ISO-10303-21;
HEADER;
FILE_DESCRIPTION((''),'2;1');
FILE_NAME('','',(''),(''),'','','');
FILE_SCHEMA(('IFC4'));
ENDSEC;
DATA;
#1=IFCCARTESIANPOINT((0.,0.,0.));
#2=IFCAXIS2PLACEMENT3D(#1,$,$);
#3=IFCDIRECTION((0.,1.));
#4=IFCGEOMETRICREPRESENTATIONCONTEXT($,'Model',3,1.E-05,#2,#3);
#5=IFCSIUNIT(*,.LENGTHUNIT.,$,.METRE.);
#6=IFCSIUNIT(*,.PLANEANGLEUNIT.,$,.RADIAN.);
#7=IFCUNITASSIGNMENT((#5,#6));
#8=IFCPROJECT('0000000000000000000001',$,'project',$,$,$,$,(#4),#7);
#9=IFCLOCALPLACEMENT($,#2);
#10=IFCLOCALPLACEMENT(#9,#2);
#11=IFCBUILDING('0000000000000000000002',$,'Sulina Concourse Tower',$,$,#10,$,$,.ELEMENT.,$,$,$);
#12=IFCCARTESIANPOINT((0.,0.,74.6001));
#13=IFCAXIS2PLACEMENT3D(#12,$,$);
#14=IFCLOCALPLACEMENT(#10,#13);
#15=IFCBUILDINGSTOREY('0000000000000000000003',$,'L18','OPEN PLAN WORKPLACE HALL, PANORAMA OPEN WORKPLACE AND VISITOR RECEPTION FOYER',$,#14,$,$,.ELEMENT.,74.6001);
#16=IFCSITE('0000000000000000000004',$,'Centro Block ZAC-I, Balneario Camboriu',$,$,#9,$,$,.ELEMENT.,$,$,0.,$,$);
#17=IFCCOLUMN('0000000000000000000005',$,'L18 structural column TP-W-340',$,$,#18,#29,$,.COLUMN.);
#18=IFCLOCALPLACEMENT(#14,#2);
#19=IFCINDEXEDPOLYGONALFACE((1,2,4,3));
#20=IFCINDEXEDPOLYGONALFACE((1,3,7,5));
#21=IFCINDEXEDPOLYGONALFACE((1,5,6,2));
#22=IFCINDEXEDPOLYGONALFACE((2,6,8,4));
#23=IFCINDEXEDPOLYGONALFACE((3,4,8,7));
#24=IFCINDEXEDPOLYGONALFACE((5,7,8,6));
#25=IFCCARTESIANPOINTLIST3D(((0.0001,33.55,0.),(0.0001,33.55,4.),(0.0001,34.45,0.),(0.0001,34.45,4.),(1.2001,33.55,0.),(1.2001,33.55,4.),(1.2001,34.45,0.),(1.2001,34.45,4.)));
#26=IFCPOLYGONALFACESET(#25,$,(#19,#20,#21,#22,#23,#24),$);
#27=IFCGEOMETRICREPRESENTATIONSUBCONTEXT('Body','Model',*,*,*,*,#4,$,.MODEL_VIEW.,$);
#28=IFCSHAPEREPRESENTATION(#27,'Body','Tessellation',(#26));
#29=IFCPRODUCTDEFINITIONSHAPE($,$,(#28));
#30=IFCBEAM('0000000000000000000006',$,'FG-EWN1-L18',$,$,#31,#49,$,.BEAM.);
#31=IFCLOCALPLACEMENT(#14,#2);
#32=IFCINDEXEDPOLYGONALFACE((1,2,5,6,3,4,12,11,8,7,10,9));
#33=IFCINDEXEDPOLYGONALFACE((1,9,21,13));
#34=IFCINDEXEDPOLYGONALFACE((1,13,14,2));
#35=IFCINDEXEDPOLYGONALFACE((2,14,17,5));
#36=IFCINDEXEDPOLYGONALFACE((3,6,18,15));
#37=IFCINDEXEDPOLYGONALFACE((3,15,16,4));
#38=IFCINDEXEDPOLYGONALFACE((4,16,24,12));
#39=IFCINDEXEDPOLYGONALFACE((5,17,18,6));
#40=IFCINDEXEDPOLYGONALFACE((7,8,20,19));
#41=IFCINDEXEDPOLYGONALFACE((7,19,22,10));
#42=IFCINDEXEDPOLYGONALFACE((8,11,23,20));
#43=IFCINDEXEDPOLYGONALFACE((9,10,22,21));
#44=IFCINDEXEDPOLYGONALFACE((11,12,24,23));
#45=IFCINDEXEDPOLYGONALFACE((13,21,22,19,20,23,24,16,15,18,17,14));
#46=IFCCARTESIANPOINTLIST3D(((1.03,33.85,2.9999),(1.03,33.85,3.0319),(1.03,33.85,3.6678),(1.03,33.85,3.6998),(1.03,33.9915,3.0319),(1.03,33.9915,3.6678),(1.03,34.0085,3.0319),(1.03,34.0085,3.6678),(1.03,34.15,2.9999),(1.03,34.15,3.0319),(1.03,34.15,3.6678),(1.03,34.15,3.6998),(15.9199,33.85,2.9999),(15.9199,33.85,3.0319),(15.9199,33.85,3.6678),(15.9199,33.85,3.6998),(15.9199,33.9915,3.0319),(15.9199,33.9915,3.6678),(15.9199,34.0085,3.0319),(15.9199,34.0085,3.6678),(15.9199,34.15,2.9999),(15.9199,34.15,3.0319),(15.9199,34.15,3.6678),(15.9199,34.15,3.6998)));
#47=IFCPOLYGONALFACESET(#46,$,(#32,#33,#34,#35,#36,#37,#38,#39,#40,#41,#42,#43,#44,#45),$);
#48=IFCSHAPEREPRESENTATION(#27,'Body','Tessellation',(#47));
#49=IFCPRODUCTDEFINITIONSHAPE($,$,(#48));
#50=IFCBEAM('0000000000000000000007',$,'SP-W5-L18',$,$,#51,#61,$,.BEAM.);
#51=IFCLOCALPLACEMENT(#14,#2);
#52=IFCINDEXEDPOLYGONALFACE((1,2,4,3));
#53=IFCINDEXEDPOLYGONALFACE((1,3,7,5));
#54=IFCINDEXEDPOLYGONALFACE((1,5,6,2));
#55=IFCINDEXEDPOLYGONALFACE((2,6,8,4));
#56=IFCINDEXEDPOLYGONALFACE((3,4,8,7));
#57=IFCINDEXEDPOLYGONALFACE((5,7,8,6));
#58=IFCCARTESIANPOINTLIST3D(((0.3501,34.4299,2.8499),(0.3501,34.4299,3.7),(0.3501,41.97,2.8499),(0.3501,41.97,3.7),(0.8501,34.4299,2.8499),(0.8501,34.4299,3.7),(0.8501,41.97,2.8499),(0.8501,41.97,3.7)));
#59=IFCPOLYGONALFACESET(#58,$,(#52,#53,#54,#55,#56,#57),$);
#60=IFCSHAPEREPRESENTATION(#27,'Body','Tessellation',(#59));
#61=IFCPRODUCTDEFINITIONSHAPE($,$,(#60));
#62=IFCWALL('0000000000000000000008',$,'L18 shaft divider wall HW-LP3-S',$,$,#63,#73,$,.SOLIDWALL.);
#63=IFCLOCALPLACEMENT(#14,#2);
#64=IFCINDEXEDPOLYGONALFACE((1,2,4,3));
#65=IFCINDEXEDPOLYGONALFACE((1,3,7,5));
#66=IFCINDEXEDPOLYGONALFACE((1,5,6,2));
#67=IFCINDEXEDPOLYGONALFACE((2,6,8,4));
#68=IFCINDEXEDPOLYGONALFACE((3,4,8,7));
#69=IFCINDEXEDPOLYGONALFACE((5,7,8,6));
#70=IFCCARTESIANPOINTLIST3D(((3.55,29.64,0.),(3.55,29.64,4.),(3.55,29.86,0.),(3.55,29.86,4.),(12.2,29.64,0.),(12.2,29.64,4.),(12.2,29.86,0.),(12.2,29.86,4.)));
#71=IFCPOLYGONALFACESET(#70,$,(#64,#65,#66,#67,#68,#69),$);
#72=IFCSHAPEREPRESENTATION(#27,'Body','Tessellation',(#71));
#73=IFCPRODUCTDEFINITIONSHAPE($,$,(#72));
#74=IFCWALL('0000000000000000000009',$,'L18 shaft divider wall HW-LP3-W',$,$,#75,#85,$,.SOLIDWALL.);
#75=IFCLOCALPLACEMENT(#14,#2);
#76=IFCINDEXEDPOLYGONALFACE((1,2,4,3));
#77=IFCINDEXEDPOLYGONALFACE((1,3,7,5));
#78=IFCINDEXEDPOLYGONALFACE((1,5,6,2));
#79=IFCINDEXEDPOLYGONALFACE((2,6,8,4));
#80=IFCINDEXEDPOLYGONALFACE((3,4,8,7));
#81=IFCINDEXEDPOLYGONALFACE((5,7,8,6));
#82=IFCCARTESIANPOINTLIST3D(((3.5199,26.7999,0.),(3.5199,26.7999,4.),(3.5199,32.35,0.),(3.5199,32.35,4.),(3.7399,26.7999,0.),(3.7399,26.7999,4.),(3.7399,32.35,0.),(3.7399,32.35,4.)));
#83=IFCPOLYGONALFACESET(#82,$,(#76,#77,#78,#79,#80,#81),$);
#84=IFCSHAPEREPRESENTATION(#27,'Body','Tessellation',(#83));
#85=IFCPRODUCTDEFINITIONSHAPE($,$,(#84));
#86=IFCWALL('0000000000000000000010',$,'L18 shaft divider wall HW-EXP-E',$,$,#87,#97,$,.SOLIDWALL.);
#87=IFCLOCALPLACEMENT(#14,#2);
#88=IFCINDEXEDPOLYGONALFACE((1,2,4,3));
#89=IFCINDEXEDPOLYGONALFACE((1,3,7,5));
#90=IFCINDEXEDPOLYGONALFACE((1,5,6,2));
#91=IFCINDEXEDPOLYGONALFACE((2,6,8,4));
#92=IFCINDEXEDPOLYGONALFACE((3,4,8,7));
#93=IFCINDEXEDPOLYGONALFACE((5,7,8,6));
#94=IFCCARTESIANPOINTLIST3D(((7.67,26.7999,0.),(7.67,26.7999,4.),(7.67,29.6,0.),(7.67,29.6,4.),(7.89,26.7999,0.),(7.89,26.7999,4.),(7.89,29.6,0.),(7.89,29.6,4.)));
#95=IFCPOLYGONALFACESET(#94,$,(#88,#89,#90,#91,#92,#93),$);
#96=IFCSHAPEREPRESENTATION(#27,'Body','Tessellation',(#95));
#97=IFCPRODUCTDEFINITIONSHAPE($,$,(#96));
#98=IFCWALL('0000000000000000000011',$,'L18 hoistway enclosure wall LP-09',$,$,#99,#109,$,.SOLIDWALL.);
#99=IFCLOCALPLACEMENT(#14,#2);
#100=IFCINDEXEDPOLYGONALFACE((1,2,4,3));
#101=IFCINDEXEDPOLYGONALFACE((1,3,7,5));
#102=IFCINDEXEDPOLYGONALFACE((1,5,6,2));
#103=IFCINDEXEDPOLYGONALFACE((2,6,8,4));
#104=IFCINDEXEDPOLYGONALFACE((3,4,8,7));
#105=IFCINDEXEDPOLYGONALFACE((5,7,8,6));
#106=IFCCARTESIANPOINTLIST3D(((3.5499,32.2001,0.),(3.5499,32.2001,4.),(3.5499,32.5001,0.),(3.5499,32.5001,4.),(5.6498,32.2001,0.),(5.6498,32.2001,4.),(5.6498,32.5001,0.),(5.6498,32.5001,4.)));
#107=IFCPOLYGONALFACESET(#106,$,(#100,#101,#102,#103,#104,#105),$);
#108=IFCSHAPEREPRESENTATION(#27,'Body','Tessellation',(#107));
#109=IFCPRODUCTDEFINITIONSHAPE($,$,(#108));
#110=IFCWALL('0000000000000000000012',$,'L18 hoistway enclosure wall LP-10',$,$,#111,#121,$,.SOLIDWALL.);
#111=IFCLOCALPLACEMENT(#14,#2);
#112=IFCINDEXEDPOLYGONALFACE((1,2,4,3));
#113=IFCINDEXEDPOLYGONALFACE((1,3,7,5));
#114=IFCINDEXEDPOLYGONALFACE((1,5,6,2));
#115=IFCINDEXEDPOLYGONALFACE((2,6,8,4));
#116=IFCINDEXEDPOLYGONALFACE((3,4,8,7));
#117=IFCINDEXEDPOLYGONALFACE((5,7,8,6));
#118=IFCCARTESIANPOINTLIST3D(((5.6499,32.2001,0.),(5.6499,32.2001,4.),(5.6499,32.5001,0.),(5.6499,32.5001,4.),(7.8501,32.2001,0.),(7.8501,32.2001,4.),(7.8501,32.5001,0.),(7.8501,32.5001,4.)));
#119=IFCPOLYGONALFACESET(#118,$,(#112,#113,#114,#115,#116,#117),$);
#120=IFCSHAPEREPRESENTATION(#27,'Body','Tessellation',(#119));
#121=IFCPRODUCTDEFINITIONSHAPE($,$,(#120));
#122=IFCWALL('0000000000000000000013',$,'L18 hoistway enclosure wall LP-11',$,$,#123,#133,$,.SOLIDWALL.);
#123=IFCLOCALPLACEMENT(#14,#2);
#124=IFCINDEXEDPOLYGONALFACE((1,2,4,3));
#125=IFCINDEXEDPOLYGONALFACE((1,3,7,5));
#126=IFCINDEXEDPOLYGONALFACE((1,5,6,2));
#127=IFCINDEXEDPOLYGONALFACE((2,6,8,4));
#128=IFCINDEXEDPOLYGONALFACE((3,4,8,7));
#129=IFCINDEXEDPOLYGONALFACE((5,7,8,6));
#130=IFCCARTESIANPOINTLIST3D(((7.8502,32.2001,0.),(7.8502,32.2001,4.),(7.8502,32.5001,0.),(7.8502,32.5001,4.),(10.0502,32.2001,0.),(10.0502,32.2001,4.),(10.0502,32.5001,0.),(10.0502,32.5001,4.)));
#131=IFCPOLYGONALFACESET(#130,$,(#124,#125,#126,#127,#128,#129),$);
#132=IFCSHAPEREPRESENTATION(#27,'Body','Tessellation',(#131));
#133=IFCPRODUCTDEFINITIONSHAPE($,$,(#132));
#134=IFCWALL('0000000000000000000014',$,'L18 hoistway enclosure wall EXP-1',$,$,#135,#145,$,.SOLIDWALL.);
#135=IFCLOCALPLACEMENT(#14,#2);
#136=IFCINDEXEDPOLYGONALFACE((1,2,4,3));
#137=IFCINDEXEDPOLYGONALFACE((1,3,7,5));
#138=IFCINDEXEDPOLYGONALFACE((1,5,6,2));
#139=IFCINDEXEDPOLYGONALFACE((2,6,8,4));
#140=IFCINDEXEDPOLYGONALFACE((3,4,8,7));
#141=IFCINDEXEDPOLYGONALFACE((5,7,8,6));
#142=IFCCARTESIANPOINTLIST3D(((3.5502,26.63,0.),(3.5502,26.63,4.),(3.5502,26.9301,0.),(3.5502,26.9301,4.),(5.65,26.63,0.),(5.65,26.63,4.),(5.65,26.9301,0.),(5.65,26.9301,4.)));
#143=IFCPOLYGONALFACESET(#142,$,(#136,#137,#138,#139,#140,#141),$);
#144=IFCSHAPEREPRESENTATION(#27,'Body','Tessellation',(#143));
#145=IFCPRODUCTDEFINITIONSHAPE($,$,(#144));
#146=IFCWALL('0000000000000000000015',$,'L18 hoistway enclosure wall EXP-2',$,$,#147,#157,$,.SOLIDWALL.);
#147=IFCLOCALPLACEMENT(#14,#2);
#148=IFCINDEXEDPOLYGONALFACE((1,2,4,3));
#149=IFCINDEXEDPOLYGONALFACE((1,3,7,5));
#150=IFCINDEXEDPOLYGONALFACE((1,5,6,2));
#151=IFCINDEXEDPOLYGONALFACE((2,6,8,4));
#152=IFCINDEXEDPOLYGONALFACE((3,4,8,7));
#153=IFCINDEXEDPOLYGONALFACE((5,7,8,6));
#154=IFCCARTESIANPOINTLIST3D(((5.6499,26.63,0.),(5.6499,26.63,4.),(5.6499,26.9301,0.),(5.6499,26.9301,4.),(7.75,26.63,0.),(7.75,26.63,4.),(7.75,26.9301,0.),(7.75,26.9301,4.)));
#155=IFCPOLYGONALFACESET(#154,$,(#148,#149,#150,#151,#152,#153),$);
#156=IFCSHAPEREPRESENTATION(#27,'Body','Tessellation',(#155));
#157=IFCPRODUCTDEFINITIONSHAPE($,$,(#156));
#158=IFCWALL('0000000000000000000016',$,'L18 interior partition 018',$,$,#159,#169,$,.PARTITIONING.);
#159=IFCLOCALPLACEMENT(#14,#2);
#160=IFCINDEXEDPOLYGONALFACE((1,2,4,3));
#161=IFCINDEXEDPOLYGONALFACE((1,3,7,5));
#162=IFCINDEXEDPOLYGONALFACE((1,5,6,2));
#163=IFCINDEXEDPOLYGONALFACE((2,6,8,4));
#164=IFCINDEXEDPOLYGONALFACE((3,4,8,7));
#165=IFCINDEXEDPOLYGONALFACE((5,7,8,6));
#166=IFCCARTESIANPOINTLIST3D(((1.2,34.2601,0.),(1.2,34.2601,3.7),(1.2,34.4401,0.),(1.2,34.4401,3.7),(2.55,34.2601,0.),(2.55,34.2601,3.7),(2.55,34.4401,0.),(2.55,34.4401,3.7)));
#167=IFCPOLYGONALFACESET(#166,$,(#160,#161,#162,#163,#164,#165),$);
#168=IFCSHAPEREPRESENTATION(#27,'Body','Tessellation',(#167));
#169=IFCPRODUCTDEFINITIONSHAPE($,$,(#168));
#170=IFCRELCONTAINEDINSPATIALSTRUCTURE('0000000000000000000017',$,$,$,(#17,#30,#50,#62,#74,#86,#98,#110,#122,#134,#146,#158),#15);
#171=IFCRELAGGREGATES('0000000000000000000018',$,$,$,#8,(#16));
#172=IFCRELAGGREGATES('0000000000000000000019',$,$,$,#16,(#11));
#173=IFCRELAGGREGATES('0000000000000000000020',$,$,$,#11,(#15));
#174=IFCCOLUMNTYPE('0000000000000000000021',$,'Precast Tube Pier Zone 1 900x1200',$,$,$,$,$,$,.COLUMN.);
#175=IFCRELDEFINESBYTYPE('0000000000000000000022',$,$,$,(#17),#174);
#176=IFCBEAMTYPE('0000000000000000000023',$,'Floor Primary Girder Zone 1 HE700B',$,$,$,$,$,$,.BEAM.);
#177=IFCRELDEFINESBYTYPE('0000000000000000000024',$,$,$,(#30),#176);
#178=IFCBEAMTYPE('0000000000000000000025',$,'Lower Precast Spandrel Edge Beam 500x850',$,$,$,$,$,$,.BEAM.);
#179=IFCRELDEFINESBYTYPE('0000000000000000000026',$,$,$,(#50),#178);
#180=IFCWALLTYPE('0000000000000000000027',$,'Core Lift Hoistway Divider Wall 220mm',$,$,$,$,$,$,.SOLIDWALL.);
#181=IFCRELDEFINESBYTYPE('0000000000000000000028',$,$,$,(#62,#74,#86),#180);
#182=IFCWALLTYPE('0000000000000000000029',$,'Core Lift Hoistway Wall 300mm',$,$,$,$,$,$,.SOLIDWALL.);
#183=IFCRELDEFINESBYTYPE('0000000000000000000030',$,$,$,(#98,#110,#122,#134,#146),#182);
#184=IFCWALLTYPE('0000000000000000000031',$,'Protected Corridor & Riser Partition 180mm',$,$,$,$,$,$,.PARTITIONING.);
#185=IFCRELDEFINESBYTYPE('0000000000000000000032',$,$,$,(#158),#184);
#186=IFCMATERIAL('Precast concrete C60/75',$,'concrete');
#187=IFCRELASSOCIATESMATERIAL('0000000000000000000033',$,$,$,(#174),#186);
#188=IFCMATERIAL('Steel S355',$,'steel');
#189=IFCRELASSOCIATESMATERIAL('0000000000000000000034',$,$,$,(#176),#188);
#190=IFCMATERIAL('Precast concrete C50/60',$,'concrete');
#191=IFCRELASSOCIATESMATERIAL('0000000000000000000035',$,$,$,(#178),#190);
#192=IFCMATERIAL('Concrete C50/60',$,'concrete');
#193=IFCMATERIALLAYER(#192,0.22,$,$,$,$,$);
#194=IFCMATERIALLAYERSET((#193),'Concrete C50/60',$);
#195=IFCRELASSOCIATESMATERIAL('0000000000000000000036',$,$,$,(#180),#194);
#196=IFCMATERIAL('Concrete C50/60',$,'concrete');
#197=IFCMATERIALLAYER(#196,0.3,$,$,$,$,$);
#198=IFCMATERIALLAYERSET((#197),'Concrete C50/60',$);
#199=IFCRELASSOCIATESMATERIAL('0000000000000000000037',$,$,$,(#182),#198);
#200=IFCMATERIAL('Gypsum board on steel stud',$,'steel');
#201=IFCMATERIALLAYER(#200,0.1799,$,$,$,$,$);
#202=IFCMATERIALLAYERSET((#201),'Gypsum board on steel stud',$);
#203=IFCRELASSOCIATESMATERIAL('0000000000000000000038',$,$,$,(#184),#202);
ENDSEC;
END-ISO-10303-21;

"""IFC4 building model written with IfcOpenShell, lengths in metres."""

from ifc_helpers import new_model, si_unit, direction, frame, frame_2d, origin, origin_2d, place, context, subcontext, project, spatial, rectangle, i_section, extrude, material, layer, layer_set, material_profile, profile_set, type_object, element, save


model = new_model("IFC4")

# Units and contexts
model_context = context("Model", 3, precision=1e-05, world=origin(), true_north=direction((0.0, 1.0)))
body_context = subcontext(model_context, "Body", "Model", "MODEL_VIEW")
ifc_project = project(units=[si_unit("LENGTHUNIT", "METRE"), si_unit("PLANEANGLEUNIT", "RADIAN")], contexts=[model_context])

# Site, building, storey
site_placement = place(None, origin())
site = spatial("IfcSite", under=ifc_project, at=site_placement, Name="Centro Block ZAC-I, Balneario Camboriu", CompositionType="ELEMENT", RefElevation=0.0)
building_placement = place(site_placement, origin())
building = spatial("IfcBuilding", under=site, at=building_placement, Name="Sulina Concourse Tower", CompositionType="ELEMENT")
storey_placement = place(building_placement, frame((0.0, 0.0, 74.6001)))
storey = spatial("IfcBuildingStorey", under=building, at=storey_placement, Name="L18", Description="OPEN PLAN WORKPLACE HALL, PANORAMA OPEN WORKPLACE AND VISITOR RECEPTION FOYER", CompositionType="ELEMENT", Elevation=74.6001)

# Column
ifc_material_1 = material(Name="Precast concrete C60/75", Category="concrete")
ifc_material_profile_1 = material_profile(ifc_material_1, rectangle(XDim=0.8999, YDim=1.2, at=origin_2d()), Name="PC 900x1200")
ifc_profile_set_1 = profile_set([ifc_material_profile_1], Name="Precast concrete C60/75")
column_type = type_object("IfcColumnType", Name="Precast Tube Pier Zone 1 900x1200", PredefinedType="COLUMN", material=ifc_profile_set_1)
column_placement = place(storey_placement, frame((0.6001, 34.0, 0.0), z_axis=(0.0, 0.0, 1.0), x_axis=(0.0, 1.0, 0.0)))
element("IfcColumn", 1, at=column_placement, inside=storey, type_object=column_type, Name="L18 structural column TP-W-340", PredefinedType="COLUMN", context=body_context, shape_type="SweptSolid", body=[
    extrude(rectangle(XDim=0.8999, YDim=1.2, at=origin_2d()), origin(), (0.0, 0.0, 1.0), 4.0),
])

# Beams
ifc_material_2 = material(Name="Steel S355", Category="steel")
ifc_material_profile_2 = material_profile(ifc_material_2, i_section(OverallWidth=0.3, OverallDepth=0.7, WebThickness=0.0171, FlangeThickness=0.032, at=origin_2d()), Name="HE 700 B")
ifc_profile_set_2 = profile_set([ifc_material_profile_2], Name="Steel S355")
beam_type_1 = type_object("IfcBeamType", Name="Floor Primary Girder Zone 1 HE700B", PredefinedType="BEAM", material=ifc_profile_set_2)
beam_1_placement = place(storey_placement, frame((1.03, 34.0, 3.3499), z_axis=(1.0, 0.0, 0.0), x_axis=(0.0, 1.0, 0.0)))
element("IfcBeam", 2, at=beam_1_placement, inside=storey, type_object=beam_type_1, Name="FG-EWN1-L18", PredefinedType="BEAM", context=body_context, shape_type="SweptSolid", body=[
    extrude(i_section(OverallWidth=0.3, OverallDepth=0.7, WebThickness=0.0171, FlangeThickness=0.032, at=origin_2d()), origin(), (0.0, 0.0, 1.0), 14.8899),
])
ifc_material_3 = material(Name="Precast concrete C50/60", Category="concrete")
ifc_material_profile_3 = material_profile(ifc_material_3, rectangle(XDim=0.5, YDim=0.8501, at=origin_2d()), Name="RC 500x850")
ifc_profile_set_3 = profile_set([ifc_material_profile_3], Name="Precast concrete C50/60")
beam_type_2 = type_object("IfcBeamType", Name="Lower Precast Spandrel Edge Beam 500x850", PredefinedType="BEAM", material=ifc_profile_set_3)
beam_2_placement = place(storey_placement, frame((0.6001, 34.4299, 3.2749), z_axis=(0.0, 1.0, 0.0), x_axis=(-1.0, 0.0, 0.0)))
element("IfcBeam", 3, at=beam_2_placement, inside=storey, type_object=beam_type_2, Name="SP-W5-L18", PredefinedType="BEAM", context=body_context, shape_type="SweptSolid", body=[
    extrude(rectangle(XDim=0.5, YDim=0.8501, at=origin_2d()), origin(), (0.0, 0.0, 1.0), 7.54),
])

# Walls
ifc_material_4 = material(Name="Concrete C50/60", Category="concrete")
ifc_layer_1 = layer(ifc_material_4, 0.22)
ifc_layer_set_1 = layer_set([ifc_layer_1], Name="Concrete C50/60")
wall_type_1 = type_object("IfcWallType", Name="Core Lift Hoistway Divider Wall 220mm", PredefinedType="SOLIDWALL", material=ifc_layer_set_1)
wall_1_placement = place(storey_placement, frame((3.55, 29.75, 0.0), z_axis=(0.0, 0.0, 1.0), x_axis=(1.0, 0.0, 0.0)))
element("IfcWall", 4, at=wall_1_placement, inside=storey, type_object=wall_type_1, Name="L18 shaft divider wall HW-LP3-S", PredefinedType="SOLIDWALL", context=body_context, shape_type="SweptSolid", body=[
    extrude(rectangle(XDim=8.6499, YDim=0.22, at=frame_2d((4.325, 0.0))), origin(), (0.0, 0.0, 1.0), 4.0),
])
wall_2_placement = place(storey_placement, frame((3.6299, 26.8, 0.0), z_axis=(0.0, 0.0, 1.0), x_axis=(0.0, 1.0, 0.0)))
element("IfcWall", 5, at=wall_2_placement, inside=storey, type_object=wall_type_1, Name="L18 shaft divider wall HW-LP3-W", PredefinedType="SOLIDWALL", context=body_context, shape_type="SweptSolid", body=[
    extrude(rectangle(XDim=5.55, YDim=0.22, at=frame_2d((2.7749, 0.0))), origin(), (0.0, 0.0, 1.0), 4.0),
])
wall_3_placement = place(storey_placement, frame((7.78, 26.8, 0.0), z_axis=(0.0, 0.0, 1.0), x_axis=(0.0, 1.0, 0.0)))
element("IfcWall", 6, at=wall_3_placement, inside=storey, type_object=wall_type_1, Name="L18 shaft divider wall HW-EXP-E", PredefinedType="SOLIDWALL", context=body_context, shape_type="SweptSolid", body=[
    extrude(rectangle(XDim=2.8, YDim=0.22, at=frame_2d((1.3999, 0.0))), origin(), (0.0, 0.0, 1.0), 4.0),
])
ifc_material_5 = material(Name="Concrete C50/60", Category="concrete")
ifc_layer_2 = layer(ifc_material_5, 0.3)
ifc_layer_set_2 = layer_set([ifc_layer_2], Name="Concrete C50/60")
wall_type_2 = type_object("IfcWallType", Name="Core Lift Hoistway Wall 300mm", PredefinedType="SOLIDWALL", material=ifc_layer_set_2)
wall_4_placement = place(storey_placement, frame((3.55, 32.3501, 0.0), z_axis=(0.0, 0.0, 1.0), x_axis=(1.0, 0.0, 0.0)))
element("IfcWall", 7, at=wall_4_placement, inside=storey, type_object=wall_type_2, Name="L18 hoistway enclosure wall LP-09", PredefinedType="SOLIDWALL", context=body_context, shape_type="SweptSolid", body=[
    extrude(rectangle(XDim=2.0999, YDim=0.3, at=frame_2d((1.0498, 0.0))), origin(), (0.0, 0.0, 1.0), 4.0),
])
wall_5_placement = place(storey_placement, frame((5.6499, 32.3501, 0.0), z_axis=(0.0, 0.0, 1.0), x_axis=(1.0, 0.0, 0.0)))
element("IfcWall", 8, at=wall_5_placement, inside=storey, type_object=wall_type_2, Name="L18 hoistway enclosure wall LP-10", PredefinedType="SOLIDWALL", context=body_context, shape_type="SweptSolid", body=[
    extrude(rectangle(XDim=2.2002, YDim=0.3, at=frame_2d((1.1001, 0.0))), origin(), (0.0, 0.0, 1.0), 4.0),
])
wall_6_placement = place(storey_placement, frame((7.8501, 32.3501, 0.0), z_axis=(0.0, 0.0, 1.0), x_axis=(1.0, 0.0, 0.0)))
element("IfcWall", 9, at=wall_6_placement, inside=storey, type_object=wall_type_2, Name="L18 hoistway enclosure wall LP-11", PredefinedType="SOLIDWALL", context=body_context, shape_type="SweptSolid", body=[
    extrude(rectangle(XDim=2.2, YDim=0.3, at=frame_2d((1.1001, 0.0))), origin(), (0.0, 0.0, 1.0), 4.0),
])
wall_7_placement = place(storey_placement, frame((5.6499, 26.78, 0.0), z_axis=(0.0, 0.0, 1.0), x_axis=(-1.0, 0.0, 0.0)))
element("IfcWall", 10, at=wall_7_placement, inside=storey, type_object=wall_type_2, Name="L18 hoistway enclosure wall EXP-1", PredefinedType="SOLIDWALL", context=body_context, shape_type="SweptSolid", body=[
    extrude(rectangle(XDim=2.0999, YDim=0.3, at=frame_2d((1.0498, 0.0))), origin(), (0.0, 0.0, 1.0), 4.0),
])
wall_8_placement = place(storey_placement, frame((7.75, 26.78, 0.0), z_axis=(0.0, 0.0, 1.0), x_axis=(-1.0, 0.0, 0.0)))
element("IfcWall", 11, at=wall_8_placement, inside=storey, type_object=wall_type_2, Name="L18 hoistway enclosure wall EXP-2", PredefinedType="SOLIDWALL", context=body_context, shape_type="SweptSolid", body=[
    extrude(rectangle(XDim=2.1001, YDim=0.3, at=frame_2d((1.05, 0.0))), origin(), (0.0, 0.0, 1.0), 4.0),
])
ifc_material_6 = material(Name="Gypsum board on steel stud", Category="steel")
ifc_layer_3 = layer(ifc_material_6, 0.1799)
ifc_layer_set_3 = layer_set([ifc_layer_3], Name="Gypsum board on steel stud")
wall_type_3 = type_object("IfcWallType", Name="Protected Corridor & Riser Partition 180mm", PredefinedType="PARTITIONING", material=ifc_layer_set_3)
wall_9_placement = place(storey_placement, frame((1.2, 34.3501, 0.0), z_axis=(0.0, 0.0, 1.0), x_axis=(1.0, 0.0, 0.0)))
element("IfcWall", 12, at=wall_9_placement, inside=storey, type_object=wall_type_3, Name="L18 interior partition 018", PredefinedType="PARTITIONING", context=body_context, shape_type="SweptSolid", body=[
    extrude(rectangle(XDim=1.3501, YDim=0.1799, at=frame_2d((0.675, 0.0))), origin(), (0.0, 0.0, 1.0), 3.7),
])

save(model, "model.ifc")
